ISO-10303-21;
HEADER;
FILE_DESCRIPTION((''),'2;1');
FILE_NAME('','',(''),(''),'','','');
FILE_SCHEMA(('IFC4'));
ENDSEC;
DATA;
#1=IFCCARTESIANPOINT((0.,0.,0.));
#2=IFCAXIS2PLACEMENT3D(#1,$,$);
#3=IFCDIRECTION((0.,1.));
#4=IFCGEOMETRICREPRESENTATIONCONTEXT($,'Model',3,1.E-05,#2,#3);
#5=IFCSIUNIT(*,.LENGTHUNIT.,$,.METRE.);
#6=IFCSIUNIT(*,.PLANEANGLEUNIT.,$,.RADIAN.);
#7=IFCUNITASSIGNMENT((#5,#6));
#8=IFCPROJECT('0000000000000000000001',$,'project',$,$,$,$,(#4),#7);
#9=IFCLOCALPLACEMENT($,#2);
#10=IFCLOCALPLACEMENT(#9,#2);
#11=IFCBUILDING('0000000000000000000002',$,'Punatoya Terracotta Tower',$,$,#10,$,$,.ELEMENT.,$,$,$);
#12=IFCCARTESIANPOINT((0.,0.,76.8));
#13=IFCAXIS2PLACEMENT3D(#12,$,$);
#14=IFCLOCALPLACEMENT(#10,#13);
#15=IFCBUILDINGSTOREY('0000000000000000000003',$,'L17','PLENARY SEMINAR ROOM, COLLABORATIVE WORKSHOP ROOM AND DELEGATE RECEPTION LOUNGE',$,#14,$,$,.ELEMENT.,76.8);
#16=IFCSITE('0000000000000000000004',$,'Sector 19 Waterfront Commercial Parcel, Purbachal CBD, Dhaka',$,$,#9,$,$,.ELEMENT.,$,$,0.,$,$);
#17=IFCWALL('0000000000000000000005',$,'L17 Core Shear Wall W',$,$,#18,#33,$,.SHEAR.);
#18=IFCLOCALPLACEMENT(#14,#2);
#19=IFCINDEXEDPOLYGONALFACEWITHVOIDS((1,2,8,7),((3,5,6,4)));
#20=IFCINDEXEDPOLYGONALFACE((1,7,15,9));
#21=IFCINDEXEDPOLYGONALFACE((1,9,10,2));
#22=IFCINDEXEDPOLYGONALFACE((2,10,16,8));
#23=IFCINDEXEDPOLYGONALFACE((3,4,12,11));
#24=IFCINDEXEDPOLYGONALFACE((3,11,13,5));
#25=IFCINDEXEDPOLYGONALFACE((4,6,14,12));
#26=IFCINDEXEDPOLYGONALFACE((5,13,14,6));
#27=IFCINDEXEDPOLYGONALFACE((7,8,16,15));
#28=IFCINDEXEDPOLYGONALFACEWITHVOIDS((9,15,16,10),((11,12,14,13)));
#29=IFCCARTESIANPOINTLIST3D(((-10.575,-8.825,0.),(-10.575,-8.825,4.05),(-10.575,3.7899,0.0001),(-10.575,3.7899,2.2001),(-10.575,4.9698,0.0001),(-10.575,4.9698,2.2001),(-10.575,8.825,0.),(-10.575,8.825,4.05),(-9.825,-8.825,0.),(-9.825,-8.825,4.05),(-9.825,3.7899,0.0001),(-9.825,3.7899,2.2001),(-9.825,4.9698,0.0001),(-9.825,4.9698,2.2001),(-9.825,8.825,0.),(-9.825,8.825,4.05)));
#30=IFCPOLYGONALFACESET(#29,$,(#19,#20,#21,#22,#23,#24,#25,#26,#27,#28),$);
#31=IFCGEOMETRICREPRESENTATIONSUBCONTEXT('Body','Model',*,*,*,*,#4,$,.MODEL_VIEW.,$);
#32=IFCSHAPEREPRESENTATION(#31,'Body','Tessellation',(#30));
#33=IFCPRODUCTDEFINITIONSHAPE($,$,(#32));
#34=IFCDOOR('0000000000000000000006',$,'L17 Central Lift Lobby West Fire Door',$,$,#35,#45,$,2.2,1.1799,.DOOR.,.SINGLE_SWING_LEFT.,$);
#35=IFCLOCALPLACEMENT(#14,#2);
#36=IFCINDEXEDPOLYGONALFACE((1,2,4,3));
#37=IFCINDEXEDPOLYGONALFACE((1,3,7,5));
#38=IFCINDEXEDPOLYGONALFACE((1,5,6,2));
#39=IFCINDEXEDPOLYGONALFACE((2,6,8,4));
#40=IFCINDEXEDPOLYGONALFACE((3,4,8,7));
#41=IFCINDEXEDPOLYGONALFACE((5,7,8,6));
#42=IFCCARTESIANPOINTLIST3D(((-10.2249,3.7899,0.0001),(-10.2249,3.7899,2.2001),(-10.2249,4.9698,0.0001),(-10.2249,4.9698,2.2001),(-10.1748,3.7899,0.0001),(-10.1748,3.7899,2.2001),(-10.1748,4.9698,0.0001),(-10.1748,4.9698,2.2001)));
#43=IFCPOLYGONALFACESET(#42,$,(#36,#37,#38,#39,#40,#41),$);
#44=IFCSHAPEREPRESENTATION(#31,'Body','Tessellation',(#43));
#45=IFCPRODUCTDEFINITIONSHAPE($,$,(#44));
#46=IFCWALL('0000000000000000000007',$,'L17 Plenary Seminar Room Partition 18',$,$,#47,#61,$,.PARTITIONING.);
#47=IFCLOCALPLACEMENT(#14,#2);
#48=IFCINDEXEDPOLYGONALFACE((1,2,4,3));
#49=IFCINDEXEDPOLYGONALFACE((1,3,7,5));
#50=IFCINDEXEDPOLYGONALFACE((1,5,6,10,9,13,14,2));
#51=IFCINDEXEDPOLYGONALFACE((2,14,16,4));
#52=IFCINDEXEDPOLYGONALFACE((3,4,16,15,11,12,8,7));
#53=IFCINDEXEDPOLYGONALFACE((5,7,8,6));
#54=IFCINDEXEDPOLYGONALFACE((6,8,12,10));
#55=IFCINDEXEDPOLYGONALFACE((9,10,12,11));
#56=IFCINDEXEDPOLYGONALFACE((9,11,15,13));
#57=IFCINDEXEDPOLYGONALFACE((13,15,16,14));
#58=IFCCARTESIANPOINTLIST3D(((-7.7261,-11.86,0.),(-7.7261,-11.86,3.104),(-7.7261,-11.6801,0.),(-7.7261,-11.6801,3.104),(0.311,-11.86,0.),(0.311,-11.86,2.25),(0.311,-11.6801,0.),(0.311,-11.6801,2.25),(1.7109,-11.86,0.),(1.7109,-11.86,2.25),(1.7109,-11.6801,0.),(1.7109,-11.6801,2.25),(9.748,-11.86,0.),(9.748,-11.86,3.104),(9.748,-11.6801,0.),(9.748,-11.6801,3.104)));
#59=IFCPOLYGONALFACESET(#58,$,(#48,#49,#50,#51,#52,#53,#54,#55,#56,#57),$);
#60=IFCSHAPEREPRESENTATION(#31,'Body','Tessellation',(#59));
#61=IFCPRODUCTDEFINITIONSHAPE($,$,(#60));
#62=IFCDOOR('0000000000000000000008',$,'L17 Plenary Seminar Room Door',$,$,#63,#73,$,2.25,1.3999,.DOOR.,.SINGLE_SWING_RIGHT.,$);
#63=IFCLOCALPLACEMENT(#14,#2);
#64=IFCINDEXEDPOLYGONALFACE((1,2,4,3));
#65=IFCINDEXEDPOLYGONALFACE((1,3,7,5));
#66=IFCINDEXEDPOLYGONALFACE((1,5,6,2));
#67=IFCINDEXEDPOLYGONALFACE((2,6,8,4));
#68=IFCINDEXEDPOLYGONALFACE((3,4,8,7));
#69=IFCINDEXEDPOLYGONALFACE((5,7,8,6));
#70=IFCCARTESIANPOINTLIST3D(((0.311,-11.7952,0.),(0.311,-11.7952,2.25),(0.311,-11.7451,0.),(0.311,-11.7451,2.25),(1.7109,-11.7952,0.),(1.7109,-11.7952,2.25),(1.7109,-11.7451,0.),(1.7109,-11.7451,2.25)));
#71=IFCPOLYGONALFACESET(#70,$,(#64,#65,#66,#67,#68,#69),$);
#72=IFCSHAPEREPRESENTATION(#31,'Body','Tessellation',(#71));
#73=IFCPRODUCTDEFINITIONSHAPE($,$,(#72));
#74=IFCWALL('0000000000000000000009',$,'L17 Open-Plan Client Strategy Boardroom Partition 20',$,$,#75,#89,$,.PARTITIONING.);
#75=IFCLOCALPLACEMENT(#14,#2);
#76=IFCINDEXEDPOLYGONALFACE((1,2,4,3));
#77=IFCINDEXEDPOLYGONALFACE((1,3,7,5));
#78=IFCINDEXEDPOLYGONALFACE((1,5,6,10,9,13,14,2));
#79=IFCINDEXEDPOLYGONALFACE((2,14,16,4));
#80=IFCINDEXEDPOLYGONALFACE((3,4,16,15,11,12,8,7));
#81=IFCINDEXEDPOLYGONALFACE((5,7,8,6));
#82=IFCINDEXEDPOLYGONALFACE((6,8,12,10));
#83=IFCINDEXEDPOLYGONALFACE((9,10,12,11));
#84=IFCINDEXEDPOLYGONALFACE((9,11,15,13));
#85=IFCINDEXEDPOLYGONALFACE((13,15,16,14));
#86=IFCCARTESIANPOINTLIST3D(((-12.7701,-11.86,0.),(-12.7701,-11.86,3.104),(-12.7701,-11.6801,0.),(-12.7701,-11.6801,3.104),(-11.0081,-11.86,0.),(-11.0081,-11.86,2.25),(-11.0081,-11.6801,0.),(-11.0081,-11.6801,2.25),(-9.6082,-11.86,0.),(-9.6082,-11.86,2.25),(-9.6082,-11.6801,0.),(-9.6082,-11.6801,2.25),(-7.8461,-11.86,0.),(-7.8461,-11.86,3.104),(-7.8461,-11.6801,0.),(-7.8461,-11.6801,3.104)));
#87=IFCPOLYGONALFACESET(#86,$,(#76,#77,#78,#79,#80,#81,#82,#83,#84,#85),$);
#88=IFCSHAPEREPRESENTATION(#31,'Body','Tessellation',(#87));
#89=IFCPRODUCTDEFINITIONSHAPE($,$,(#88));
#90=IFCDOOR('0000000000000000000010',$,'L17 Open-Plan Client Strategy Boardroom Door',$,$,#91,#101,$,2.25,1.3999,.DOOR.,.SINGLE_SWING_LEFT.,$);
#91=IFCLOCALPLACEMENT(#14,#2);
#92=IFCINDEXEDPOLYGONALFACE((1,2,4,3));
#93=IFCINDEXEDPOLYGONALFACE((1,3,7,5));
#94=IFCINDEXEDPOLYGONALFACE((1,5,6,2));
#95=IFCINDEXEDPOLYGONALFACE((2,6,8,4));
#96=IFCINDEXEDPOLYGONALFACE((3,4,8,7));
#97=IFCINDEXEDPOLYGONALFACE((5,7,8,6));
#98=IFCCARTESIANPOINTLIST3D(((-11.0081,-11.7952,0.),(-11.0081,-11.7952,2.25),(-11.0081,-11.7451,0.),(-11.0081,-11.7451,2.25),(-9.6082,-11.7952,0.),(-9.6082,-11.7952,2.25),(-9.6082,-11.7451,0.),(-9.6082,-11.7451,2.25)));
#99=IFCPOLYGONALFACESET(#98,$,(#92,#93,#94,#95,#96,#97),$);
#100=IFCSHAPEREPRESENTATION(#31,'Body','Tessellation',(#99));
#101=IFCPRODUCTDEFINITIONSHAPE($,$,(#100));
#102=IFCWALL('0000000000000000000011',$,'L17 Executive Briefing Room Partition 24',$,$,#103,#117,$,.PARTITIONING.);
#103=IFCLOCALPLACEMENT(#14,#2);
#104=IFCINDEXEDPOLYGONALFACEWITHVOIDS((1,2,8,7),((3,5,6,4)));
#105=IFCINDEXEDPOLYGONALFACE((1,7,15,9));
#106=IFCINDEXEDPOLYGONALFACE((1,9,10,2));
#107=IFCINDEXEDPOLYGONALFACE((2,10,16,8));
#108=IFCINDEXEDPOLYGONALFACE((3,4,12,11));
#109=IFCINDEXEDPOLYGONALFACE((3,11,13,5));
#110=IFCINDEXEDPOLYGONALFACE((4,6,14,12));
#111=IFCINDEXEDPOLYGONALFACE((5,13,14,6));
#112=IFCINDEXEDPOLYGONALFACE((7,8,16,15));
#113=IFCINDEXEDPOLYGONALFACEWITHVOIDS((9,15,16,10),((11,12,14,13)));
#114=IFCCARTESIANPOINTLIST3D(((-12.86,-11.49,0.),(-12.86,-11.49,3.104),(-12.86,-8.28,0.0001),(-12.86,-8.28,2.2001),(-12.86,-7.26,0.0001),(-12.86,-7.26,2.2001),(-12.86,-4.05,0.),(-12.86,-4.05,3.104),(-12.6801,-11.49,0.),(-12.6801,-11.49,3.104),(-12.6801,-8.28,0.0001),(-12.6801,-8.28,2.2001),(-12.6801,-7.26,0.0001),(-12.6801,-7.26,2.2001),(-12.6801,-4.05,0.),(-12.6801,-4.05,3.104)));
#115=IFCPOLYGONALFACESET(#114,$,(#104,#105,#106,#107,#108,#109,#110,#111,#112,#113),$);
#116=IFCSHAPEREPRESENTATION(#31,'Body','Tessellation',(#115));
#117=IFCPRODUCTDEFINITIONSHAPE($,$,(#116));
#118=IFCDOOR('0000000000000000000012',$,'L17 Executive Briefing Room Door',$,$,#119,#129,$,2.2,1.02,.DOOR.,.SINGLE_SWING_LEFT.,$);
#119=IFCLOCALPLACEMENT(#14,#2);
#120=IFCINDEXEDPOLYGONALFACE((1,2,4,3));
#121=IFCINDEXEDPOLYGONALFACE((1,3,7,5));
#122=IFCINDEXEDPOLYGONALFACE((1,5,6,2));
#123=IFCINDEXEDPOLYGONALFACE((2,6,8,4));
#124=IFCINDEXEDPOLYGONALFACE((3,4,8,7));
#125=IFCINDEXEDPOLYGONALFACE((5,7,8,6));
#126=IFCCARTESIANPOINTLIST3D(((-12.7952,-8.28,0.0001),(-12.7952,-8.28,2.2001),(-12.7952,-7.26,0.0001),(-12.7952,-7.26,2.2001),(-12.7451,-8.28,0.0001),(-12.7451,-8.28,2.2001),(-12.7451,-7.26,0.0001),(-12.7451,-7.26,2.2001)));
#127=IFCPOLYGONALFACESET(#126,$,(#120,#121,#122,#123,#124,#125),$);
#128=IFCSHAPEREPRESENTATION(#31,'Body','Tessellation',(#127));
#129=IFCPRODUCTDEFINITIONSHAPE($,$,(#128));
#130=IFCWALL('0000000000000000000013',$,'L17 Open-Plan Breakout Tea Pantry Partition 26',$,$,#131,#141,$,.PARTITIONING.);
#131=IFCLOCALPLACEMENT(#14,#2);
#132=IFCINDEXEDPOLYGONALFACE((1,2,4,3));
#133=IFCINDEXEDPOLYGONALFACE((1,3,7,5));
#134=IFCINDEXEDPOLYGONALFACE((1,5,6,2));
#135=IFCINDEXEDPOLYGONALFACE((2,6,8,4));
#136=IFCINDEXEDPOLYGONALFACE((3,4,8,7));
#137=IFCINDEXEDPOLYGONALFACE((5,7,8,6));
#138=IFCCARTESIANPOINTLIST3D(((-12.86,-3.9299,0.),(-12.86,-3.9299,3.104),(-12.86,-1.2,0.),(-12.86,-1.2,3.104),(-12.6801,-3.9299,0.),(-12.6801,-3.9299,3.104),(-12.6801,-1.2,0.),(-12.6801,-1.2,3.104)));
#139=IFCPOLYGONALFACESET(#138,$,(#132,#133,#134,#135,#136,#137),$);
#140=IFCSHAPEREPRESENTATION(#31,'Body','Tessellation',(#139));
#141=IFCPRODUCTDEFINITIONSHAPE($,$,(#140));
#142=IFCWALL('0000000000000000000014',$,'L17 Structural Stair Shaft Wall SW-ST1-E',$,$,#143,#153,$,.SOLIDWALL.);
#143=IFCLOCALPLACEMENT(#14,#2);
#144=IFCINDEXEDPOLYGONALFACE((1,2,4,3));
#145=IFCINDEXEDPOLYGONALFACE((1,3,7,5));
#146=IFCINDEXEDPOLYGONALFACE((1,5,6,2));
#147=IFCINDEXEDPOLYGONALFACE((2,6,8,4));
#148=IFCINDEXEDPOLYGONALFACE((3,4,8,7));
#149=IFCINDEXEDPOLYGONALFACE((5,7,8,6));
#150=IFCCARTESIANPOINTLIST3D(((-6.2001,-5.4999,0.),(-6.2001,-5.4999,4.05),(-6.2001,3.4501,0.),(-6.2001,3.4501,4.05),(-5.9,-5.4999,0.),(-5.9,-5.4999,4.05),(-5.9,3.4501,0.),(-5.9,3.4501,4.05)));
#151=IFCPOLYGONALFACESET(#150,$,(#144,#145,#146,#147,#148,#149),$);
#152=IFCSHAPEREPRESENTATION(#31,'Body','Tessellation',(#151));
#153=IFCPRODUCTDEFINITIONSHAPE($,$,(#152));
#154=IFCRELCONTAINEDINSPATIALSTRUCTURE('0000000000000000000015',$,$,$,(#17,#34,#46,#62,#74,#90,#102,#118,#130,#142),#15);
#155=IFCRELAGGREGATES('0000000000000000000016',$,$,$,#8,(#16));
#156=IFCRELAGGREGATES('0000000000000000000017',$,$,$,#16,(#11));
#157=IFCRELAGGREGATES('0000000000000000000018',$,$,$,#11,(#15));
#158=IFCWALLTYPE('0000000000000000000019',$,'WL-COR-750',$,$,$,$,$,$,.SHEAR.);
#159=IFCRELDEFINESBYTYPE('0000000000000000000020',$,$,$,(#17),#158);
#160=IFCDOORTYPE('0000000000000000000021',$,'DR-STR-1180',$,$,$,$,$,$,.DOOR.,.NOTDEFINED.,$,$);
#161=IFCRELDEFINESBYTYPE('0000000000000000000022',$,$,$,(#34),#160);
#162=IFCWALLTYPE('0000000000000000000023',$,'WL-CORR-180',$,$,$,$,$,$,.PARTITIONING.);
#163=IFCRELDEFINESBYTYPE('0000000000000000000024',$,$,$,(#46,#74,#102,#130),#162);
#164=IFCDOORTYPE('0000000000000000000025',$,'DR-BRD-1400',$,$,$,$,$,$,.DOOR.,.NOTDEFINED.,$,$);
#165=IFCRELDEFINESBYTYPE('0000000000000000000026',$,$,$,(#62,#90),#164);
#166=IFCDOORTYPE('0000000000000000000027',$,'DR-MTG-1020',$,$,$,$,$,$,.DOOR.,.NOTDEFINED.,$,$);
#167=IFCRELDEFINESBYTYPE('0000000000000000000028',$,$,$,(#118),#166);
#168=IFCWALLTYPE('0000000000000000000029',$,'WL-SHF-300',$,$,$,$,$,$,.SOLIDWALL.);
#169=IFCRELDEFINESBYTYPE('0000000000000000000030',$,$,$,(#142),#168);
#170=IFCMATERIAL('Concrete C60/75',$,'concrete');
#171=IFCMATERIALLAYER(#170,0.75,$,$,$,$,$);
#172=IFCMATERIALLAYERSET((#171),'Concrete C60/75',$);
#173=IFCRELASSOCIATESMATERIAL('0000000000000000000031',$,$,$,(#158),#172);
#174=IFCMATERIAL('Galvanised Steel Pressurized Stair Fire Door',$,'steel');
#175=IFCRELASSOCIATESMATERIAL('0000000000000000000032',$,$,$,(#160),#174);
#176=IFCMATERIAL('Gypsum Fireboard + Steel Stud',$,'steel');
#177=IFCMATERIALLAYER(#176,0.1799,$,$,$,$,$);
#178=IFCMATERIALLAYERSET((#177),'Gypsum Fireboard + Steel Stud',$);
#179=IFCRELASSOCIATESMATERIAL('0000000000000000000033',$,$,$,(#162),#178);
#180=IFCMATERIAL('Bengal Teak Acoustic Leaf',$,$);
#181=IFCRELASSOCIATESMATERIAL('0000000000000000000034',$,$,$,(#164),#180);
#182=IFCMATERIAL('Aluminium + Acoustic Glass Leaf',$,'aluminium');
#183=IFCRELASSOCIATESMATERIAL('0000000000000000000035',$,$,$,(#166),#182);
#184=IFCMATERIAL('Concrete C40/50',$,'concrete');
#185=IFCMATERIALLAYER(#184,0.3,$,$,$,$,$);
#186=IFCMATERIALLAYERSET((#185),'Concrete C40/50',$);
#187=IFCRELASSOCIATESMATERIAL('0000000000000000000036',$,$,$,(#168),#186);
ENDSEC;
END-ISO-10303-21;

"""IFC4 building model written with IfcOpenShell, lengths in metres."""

from ifc_helpers import new_model, si_unit, direction, frame, frame_2d, origin, place, context, subcontext, project, spatial, rectangle, extrude, material, layer, layer_set, type_object, element, fill, save


model = new_model("IFC4")

# Units and contexts
model_context = context("Model", 3, precision=1e-05, world=origin(), true_north=direction((0.0, 1.0)))
body_context = subcontext(model_context, "Body", "Model", "MODEL_VIEW")
ifc_project = project(units=[si_unit("LENGTHUNIT", "METRE"), si_unit("PLANEANGLEUNIT", "RADIAN")], contexts=[model_context])

# Site, building, storey
site_placement = place(None, origin())
site = spatial("IfcSite", under=ifc_project, at=site_placement, Name="Sector 19 Waterfront Commercial Parcel, Purbachal CBD, Dhaka", CompositionType="ELEMENT", RefElevation=0.0)
building_placement = place(site_placement, origin())
building = spatial("IfcBuilding", under=site, at=building_placement, Name="Punatoya Terracotta Tower", CompositionType="ELEMENT")
storey_placement = place(building_placement, frame((0.0, 0.0, 76.8)))
storey = spatial("IfcBuildingStorey", under=building, at=storey_placement, Name="L17", Description="PLENARY SEMINAR ROOM, COLLABORATIVE WORKSHOP ROOM AND DELEGATE RECEPTION LOUNGE", CompositionType="ELEMENT", Elevation=76.8)

# Walls, openings, doors
ifc_material_1 = material(Name="Concrete C60/75", Category="concrete")
ifc_layer_1 = layer(ifc_material_1, 0.75)
ifc_layer_set_1 = layer_set([ifc_layer_1], Name="Concrete C60/75")
wall_type_1 = type_object("IfcWallType", Name="WL-COR-750", PredefinedType="SHEAR", material=ifc_layer_set_1)
wall_1_placement = place(storey_placement, frame((-10.2, -8.825, 0.0), z_axis=(0.0, 0.0, 1.0), x_axis=(0.0, 1.0, 0.0)))
wall_1 = element("IfcWall", 1, at=wall_1_placement, inside=storey, type_object=wall_type_1, Name="L17 Core Shear Wall W", PredefinedType="SHEAR", context=body_context, shape_type="SweptSolid", body=[
    extrude(rectangle(XDim=17.6499, YDim=0.75, at=frame_2d((8.825, 0.0))), origin(), (0.0, 0.0, 1.0), 4.05),
])
opening_1_placement = place(wall_1_placement, frame((12.615, 0.0, 0.0)))
opening_1 = element("IfcOpeningElement", 2, at=opening_1_placement, cuts=wall_1, PredefinedType="OPENING", context=body_context, shape_type="SweptSolid", body=[
    extrude(rectangle(XDim=1.1799, YDim=2.2, at=frame_2d((0.5898, 1.1001))), frame((0.0, 0.385, 0.0), z_axis=(0.0, -1.0, 0.0), x_axis=(1.0, 0.0, 0.0)), (0.0, 0.0, 1.0), 0.77),
])
ifc_material_2 = material(Name="Galvanised Steel Pressurized Stair Fire Door", Category="steel")
door_type_1 = type_object("IfcDoorType", Name="DR-STR-1180", OperationType="NOTDEFINED", PredefinedType="DOOR", material=ifc_material_2)
door_1_placement = place(opening_1_placement, origin())
door_1 = element("IfcDoor", 3, at=door_1_placement, inside=storey, type_object=door_type_1, Name="L17 Central Lift Lobby West Fire Door", OperationType="SINGLE_SWING_LEFT", OverallHeight=2.2, OverallWidth=1.1799, PredefinedType="DOOR", context=body_context, shape_type="SweptSolid", body=[
    extrude(rectangle(XDim=1.1799, YDim=2.2, at=frame_2d((0.5898, 1.1001))), frame((0.0, 0.0249, 0.0), z_axis=(0.0, -1.0, 0.0), x_axis=(1.0, 0.0, 0.0)), (0.0, 0.0, 1.0), 0.05),
])
fill(opening_1, door_1)
ifc_material_3 = material(Name="Gypsum Fireboard + Steel Stud", Category="steel")
ifc_layer_2 = layer(ifc_material_3, 0.1799)
ifc_layer_set_2 = layer_set([ifc_layer_2], Name="Gypsum Fireboard + Steel Stud")
wall_type_2 = type_object("IfcWallType", Name="WL-CORR-180", PredefinedType="PARTITIONING", material=ifc_layer_set_2)
wall_2_placement = place(storey_placement, frame((-7.7261, -11.77, 0.0), z_axis=(0.0, 0.0, 1.0), x_axis=(1.0, 0.0, 0.0)))
wall_2 = element("IfcWall", 4, at=wall_2_placement, inside=storey, type_object=wall_type_2, Name="L17 Plenary Seminar Room Partition 18", PredefinedType="PARTITIONING", context=body_context, shape_type="SweptSolid", body=[
    extrude(rectangle(XDim=17.4741, YDim=0.1799, at=frame_2d((8.7371, 0.0))), origin(), (0.0, 0.0, 1.0), 3.104),
])
opening_2_placement = place(wall_2_placement, frame((8.0371, 0.0, 0.0)))
opening_2 = element("IfcOpeningElement", 5, at=opening_2_placement, cuts=wall_2, PredefinedType="OPENING", context=body_context, shape_type="SweptSolid", body=[
    extrude(rectangle(XDim=1.3999, YDim=2.25, at=frame_2d((0.7, 1.125))), frame((0.0, 0.0999, 0.0), z_axis=(0.0, -1.0, 0.0), x_axis=(1.0, 0.0, 0.0)), (0.0, 0.0, 1.0), 0.2),
])
ifc_material_4 = material(Name="Bengal Teak Acoustic Leaf")
door_type_2 = type_object("IfcDoorType", Name="DR-BRD-1400", OperationType="NOTDEFINED", PredefinedType="DOOR", material=ifc_material_4)
door_2_placement = place(opening_2_placement, origin())
door_2 = element("IfcDoor", 6, at=door_2_placement, inside=storey, type_object=door_type_2, Name="L17 Plenary Seminar Room Door", OperationType="SINGLE_SWING_RIGHT", OverallHeight=2.25, OverallWidth=1.3999, PredefinedType="DOOR", context=body_context, shape_type="SweptSolid", body=[
    extrude(rectangle(XDim=1.3999, YDim=2.25, at=frame_2d((0.7, 1.125))), frame((0.0, 0.0249, 0.0), z_axis=(0.0, -1.0, 0.0), x_axis=(1.0, 0.0, 0.0)), (0.0, 0.0, 1.0), 0.05),
])
fill(opening_2, door_2)
wall_3_placement = place(storey_placement, frame((-12.77, -11.77, 0.0), z_axis=(0.0, 0.0, 1.0), x_axis=(1.0, 0.0, 0.0)))
wall_3 = element("IfcWall", 7, at=wall_3_placement, inside=storey, type_object=wall_type_2, Name="L17 Open-Plan Client Strategy Boardroom Partition 20", PredefinedType="PARTITIONING", context=body_context, shape_type="SweptSolid", body=[
    extrude(rectangle(XDim=4.9241, YDim=0.1799, at=frame_2d((2.4619, 0.0))), origin(), (0.0, 0.0, 1.0), 3.104),
])
opening_3_placement = place(wall_3_placement, frame((1.762, 0.0, 0.0)))
opening_3 = element("IfcOpeningElement", 8, at=opening_3_placement, cuts=wall_3, PredefinedType="OPENING", context=body_context, shape_type="SweptSolid", body=[
    extrude(rectangle(XDim=1.3999, YDim=2.25, at=frame_2d((0.7, 1.125))), frame((0.0, 0.0999, 0.0), z_axis=(0.0, -1.0, 0.0), x_axis=(1.0, 0.0, 0.0)), (0.0, 0.0, 1.0), 0.2),
])
door_3_placement = place(opening_3_placement, origin())
door_3 = element("IfcDoor", 9, at=door_3_placement, inside=storey, type_object=door_type_2, Name="L17 Open-Plan Client Strategy Boardroom Door", OperationType="SINGLE_SWING_LEFT", OverallHeight=2.25, OverallWidth=1.3999, PredefinedType="DOOR", context=body_context, shape_type="SweptSolid", body=[
    extrude(rectangle(XDim=1.3999, YDim=2.25, at=frame_2d((0.7, 1.125))), frame((0.0, 0.0249, 0.0), z_axis=(0.0, -1.0, 0.0), x_axis=(1.0, 0.0, 0.0)), (0.0, 0.0, 1.0), 0.05),
])
fill(opening_3, door_3)
wall_4_placement = place(storey_placement, frame((-12.77, -4.05, 0.0), z_axis=(0.0, 0.0, 1.0), x_axis=(0.0, -1.0, 0.0)))
wall_4 = element("IfcWall", 10, at=wall_4_placement, inside=storey, type_object=wall_type_2, Name="L17 Executive Briefing Room Partition 24", PredefinedType="PARTITIONING", context=body_context, shape_type="SweptSolid", body=[
    extrude(rectangle(XDim=7.4399, YDim=0.1799, at=frame_2d((3.72, 0.0))), origin(), (0.0, 0.0, 1.0), 3.104),
])
opening_4_placement = place(wall_4_placement, frame((3.21, 0.0, 0.0)))
opening_4 = element("IfcOpeningElement", 11, at=opening_4_placement, cuts=wall_4, PredefinedType="OPENING", context=body_context, shape_type="SweptSolid", body=[
    extrude(rectangle(XDim=1.02, YDim=2.2, at=frame_2d((0.51, 1.1001))), frame((0.0, 0.0999, 0.0), z_axis=(0.0, -1.0, 0.0), x_axis=(1.0, 0.0, 0.0)), (0.0, 0.0, 1.0), 0.2),
])
ifc_material_5 = material(Name="Aluminium + Acoustic Glass Leaf", Category="aluminium")
door_type_3 = type_object("IfcDoorType", Name="DR-MTG-1020", OperationType="NOTDEFINED", PredefinedType="DOOR", material=ifc_material_5)
door_4_placement = place(opening_4_placement, origin())
door_4 = element("IfcDoor", 12, at=door_4_placement, inside=storey, type_object=door_type_3, Name="L17 Executive Briefing Room Door", OperationType="SINGLE_SWING_LEFT", OverallHeight=2.2, OverallWidth=1.02, PredefinedType="DOOR", context=body_context, shape_type="SweptSolid", body=[
    extrude(rectangle(XDim=1.02, YDim=2.2, at=frame_2d((0.51, 1.1001))), frame((0.0, 0.0249, 0.0), z_axis=(0.0, -1.0, 0.0), x_axis=(1.0, 0.0, 0.0)), (0.0, 0.0, 1.0), 0.05),
])
fill(opening_4, door_4)

# Walls
wall_5_placement = place(storey_placement, frame((-12.77, -1.2, 0.0), z_axis=(0.0, 0.0, 1.0), x_axis=(0.0, -1.0, 0.0)))
element("IfcWall", 13, at=wall_5_placement, inside=storey, type_object=wall_type_2, Name="L17 Open-Plan Breakout Tea Pantry Partition 26", PredefinedType="PARTITIONING", context=body_context, shape_type="SweptSolid", body=[
    extrude(rectangle(XDim=2.73, YDim=0.1799, at=frame_2d((1.365, 0.0))), origin(), (0.0, 0.0, 1.0), 3.104),
])
ifc_material_6 = material(Name="Concrete C40/50", Category="concrete")
ifc_layer_3 = layer(ifc_material_6, 0.3)
ifc_layer_set_3 = layer_set([ifc_layer_3], Name="Concrete C40/50")
wall_type_3 = type_object("IfcWallType", Name="WL-SHF-300", PredefinedType="SOLIDWALL", material=ifc_layer_set_3)
wall_6_placement = place(storey_placement, frame((-6.05, -5.5, 0.0), z_axis=(0.0, 0.0, 1.0), x_axis=(0.0, 1.0, 0.0)))
element("IfcWall", 14, at=wall_6_placement, inside=storey, type_object=wall_type_3, Name="L17 Structural Stair Shaft Wall SW-ST1-E", PredefinedType="SOLIDWALL", context=body_context, shape_type="SweptSolid", body=[
    extrude(rectangle(XDim=8.95, YDim=0.3, at=frame_2d((4.4751, 0.0))), origin(), (0.0, 0.0, 1.0), 4.05),
])

save(model, "model.ifc")
